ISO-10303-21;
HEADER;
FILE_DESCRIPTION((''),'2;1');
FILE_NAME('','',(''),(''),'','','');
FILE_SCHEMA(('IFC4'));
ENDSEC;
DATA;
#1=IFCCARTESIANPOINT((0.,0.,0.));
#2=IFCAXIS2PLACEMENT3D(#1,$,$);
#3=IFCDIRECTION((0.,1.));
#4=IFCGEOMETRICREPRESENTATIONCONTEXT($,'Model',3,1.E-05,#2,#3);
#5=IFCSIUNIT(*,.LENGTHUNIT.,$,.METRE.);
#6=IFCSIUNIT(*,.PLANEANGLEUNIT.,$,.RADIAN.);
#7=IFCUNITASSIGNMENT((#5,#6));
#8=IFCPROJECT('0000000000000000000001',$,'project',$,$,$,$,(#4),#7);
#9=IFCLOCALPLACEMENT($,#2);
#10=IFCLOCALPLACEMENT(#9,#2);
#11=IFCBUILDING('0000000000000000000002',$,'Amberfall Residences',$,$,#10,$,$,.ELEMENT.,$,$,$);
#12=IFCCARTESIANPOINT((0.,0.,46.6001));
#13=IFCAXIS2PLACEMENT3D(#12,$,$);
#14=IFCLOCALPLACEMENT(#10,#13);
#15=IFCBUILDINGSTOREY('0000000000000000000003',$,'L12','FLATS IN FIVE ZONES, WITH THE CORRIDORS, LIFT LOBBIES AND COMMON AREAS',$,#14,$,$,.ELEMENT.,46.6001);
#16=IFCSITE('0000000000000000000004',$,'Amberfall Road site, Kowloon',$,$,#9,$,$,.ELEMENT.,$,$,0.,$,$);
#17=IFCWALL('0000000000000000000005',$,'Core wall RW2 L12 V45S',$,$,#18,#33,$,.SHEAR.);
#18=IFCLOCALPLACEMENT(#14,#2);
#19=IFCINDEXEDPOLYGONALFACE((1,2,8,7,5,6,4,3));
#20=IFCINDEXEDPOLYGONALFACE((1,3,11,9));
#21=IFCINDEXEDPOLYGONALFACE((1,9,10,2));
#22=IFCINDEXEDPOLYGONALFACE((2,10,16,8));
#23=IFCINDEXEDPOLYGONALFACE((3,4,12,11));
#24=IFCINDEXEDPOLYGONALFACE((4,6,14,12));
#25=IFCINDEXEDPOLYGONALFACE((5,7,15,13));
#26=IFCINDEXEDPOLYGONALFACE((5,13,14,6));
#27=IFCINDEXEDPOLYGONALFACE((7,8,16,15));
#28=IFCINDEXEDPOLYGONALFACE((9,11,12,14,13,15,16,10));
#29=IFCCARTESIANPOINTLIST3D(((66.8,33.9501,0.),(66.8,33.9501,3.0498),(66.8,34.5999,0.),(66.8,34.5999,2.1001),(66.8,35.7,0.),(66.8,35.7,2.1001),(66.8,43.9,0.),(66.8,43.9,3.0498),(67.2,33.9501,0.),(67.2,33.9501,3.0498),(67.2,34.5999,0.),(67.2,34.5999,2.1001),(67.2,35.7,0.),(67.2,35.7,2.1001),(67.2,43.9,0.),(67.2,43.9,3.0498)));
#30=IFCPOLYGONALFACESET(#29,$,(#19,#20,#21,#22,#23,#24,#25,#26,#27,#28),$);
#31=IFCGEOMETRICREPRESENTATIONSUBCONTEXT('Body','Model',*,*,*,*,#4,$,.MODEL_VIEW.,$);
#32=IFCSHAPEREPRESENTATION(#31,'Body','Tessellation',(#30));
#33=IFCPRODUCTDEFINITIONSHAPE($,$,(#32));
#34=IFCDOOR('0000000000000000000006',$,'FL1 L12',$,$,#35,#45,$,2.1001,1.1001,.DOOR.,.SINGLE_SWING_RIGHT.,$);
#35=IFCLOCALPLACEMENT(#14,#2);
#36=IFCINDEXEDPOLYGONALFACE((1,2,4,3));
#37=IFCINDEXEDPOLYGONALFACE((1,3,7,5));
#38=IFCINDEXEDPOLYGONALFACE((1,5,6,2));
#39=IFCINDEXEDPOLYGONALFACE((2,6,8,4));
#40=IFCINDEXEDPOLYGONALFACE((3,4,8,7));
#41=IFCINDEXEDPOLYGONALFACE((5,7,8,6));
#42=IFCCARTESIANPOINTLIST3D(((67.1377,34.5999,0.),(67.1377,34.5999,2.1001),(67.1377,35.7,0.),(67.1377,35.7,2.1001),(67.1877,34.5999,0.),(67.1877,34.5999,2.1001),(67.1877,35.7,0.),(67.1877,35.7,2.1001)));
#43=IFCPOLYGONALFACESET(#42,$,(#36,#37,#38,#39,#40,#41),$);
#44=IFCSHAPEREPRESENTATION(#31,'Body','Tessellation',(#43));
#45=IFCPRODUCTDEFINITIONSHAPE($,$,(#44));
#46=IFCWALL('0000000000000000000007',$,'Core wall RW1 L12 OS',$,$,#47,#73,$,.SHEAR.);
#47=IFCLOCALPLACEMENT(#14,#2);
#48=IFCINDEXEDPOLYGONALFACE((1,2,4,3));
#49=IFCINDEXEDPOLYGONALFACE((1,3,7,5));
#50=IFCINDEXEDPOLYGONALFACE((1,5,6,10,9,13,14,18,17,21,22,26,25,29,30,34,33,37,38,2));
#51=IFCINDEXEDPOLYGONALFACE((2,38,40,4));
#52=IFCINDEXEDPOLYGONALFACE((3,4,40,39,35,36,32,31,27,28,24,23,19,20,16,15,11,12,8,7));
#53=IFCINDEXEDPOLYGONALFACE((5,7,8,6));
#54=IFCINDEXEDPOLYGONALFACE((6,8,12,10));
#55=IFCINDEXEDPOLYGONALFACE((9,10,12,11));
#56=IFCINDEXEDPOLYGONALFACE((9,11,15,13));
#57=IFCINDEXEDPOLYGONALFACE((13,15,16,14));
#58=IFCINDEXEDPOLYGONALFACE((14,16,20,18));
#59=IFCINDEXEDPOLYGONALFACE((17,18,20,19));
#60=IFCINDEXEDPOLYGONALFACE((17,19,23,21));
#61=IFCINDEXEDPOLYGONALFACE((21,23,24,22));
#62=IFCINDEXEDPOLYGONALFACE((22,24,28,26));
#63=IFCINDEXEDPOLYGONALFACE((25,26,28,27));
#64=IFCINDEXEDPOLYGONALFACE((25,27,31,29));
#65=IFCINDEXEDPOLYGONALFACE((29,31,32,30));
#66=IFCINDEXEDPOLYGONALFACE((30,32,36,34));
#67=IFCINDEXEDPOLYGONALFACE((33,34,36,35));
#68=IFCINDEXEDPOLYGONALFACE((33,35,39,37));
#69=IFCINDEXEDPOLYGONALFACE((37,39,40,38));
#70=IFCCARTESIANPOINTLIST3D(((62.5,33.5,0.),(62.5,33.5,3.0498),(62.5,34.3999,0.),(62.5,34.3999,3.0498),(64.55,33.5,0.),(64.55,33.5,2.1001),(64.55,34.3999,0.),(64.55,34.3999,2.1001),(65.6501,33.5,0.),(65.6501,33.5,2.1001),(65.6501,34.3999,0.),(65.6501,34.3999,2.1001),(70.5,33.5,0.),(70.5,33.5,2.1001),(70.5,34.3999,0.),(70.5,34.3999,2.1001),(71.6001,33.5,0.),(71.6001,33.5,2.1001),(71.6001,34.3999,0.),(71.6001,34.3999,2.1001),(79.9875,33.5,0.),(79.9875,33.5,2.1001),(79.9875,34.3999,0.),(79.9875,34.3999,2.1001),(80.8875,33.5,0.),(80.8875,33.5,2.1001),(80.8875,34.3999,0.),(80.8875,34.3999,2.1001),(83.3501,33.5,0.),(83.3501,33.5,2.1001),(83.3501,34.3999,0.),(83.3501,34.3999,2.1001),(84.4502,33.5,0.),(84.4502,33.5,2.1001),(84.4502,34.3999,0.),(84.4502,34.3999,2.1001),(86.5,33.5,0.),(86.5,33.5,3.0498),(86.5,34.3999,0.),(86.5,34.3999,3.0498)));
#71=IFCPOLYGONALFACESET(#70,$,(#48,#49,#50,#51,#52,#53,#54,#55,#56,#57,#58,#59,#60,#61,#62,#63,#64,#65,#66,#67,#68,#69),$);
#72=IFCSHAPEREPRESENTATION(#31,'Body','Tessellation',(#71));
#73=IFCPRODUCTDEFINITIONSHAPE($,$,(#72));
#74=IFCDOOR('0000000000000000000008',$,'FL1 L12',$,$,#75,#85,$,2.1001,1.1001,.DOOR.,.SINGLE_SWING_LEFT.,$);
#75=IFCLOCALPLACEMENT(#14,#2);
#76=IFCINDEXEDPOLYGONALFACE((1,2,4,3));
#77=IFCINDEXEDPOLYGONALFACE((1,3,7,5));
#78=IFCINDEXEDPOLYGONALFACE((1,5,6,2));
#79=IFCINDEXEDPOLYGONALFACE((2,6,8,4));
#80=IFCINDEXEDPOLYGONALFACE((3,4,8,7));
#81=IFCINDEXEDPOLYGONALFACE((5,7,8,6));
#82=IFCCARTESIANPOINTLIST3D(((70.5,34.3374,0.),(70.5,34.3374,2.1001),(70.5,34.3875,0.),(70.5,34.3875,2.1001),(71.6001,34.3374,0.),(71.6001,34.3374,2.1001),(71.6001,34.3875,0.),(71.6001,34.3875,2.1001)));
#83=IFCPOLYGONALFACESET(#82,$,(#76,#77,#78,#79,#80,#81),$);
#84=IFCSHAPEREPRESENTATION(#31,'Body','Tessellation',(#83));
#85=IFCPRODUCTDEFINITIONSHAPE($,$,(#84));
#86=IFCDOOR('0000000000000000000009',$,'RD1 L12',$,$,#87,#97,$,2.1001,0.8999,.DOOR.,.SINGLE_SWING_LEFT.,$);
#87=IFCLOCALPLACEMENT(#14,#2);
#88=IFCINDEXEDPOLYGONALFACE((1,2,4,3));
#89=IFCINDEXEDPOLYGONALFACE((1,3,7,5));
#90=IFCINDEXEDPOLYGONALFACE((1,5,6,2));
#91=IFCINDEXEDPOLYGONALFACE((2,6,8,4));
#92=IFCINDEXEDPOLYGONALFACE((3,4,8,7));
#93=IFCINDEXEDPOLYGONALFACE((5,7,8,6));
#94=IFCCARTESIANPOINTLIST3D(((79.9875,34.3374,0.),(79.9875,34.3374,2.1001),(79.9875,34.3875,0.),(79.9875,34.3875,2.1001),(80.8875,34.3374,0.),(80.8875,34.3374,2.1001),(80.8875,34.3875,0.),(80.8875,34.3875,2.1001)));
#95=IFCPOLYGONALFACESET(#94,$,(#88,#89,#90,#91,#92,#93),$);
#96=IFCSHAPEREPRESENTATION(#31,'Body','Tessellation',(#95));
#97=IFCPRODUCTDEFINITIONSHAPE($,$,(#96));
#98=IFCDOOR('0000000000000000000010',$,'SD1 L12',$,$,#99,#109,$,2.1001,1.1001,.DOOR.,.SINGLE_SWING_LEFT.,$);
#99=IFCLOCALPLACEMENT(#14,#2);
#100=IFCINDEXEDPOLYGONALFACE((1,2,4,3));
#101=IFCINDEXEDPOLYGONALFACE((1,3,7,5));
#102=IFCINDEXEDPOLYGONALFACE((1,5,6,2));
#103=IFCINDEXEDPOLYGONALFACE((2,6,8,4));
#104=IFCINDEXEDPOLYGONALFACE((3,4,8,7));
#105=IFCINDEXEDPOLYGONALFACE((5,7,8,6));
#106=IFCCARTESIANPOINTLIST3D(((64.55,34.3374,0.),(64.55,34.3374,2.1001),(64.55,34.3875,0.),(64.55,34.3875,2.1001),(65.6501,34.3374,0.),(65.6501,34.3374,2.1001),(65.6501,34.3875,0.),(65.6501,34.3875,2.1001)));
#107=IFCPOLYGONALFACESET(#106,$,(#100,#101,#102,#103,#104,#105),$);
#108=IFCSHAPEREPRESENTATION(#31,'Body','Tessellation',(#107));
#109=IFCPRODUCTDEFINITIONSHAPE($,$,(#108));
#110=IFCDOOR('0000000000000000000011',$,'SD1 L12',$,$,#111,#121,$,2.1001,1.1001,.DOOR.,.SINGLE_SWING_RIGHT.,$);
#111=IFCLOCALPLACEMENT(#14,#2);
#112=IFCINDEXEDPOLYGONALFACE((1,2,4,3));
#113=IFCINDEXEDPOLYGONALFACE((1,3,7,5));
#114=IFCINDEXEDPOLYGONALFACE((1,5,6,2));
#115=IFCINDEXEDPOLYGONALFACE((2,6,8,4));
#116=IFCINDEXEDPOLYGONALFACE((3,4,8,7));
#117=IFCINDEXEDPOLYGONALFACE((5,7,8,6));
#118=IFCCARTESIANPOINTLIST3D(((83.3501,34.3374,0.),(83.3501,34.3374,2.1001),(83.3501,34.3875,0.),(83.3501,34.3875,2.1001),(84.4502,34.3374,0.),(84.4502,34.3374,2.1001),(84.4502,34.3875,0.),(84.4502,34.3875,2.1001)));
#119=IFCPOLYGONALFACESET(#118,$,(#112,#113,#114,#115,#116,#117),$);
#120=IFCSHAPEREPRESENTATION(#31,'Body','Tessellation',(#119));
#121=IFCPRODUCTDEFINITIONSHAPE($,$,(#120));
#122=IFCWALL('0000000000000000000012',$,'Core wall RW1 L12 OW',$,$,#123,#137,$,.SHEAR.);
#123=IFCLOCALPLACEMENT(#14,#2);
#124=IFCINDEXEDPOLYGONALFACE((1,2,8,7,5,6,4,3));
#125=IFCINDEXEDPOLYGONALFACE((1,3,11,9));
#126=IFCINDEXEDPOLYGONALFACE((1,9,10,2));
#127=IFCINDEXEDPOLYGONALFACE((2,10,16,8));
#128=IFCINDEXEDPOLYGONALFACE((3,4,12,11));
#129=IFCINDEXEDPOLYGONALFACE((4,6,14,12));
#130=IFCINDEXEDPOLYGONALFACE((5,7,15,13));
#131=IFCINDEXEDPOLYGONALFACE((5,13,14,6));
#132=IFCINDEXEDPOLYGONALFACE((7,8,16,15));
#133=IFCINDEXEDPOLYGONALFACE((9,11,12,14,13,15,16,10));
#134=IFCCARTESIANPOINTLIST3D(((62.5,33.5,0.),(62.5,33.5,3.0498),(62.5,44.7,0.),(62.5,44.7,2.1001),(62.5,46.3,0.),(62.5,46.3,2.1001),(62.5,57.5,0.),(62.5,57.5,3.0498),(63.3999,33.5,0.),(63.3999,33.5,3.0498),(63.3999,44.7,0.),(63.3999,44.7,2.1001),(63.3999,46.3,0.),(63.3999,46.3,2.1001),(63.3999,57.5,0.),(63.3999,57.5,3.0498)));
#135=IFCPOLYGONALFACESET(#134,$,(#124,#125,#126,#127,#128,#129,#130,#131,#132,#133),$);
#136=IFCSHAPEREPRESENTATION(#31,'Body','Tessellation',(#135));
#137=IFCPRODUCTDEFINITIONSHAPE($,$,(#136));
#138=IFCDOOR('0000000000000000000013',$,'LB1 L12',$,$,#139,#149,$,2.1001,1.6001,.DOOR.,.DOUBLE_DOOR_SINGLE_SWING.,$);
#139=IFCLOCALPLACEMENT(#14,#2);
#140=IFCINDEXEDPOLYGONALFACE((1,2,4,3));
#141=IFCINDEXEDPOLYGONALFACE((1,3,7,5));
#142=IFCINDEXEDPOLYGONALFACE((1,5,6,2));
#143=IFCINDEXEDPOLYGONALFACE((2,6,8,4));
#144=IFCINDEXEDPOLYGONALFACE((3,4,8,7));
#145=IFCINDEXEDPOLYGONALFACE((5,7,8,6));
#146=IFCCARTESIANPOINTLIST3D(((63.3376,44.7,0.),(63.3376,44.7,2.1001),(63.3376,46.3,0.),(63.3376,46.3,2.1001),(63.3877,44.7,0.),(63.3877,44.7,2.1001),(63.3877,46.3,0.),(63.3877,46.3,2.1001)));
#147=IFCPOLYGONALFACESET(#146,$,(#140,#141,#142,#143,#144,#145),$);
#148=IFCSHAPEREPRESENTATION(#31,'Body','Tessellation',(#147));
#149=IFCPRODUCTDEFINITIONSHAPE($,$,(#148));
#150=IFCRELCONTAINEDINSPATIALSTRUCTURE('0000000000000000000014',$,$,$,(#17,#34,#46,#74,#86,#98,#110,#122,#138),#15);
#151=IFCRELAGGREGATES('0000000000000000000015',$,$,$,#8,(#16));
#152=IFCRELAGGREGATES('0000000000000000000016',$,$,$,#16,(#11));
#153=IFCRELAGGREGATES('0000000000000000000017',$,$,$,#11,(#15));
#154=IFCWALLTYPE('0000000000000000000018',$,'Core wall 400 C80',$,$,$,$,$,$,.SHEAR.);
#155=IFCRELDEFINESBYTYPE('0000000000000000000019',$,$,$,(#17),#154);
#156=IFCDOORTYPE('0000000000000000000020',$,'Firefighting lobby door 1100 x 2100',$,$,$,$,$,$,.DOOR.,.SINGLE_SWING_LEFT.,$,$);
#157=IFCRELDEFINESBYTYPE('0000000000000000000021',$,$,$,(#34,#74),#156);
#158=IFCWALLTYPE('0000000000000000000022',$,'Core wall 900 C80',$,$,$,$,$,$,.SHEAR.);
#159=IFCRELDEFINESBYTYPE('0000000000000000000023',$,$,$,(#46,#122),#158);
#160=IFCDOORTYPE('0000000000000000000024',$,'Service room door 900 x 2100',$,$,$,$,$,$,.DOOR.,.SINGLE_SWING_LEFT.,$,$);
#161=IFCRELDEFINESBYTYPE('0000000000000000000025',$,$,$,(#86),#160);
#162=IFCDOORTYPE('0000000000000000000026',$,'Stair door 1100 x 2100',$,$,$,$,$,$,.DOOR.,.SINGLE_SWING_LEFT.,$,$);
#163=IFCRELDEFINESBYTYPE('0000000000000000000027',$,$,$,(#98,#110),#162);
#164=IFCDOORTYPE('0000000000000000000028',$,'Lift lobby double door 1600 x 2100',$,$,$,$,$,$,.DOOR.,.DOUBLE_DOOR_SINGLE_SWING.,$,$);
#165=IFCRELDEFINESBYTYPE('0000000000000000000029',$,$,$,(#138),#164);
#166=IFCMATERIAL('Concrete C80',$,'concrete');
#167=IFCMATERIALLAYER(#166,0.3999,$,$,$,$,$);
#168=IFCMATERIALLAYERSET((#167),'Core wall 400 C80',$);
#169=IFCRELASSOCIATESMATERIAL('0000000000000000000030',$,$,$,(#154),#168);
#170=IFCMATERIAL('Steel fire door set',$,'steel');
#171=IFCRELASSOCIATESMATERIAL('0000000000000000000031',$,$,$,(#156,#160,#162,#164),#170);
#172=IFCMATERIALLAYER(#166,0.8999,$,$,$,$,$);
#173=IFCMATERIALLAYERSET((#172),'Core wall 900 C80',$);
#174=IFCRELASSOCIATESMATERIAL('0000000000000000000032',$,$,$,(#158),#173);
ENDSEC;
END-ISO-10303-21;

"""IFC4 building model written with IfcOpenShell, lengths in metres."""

from ifc_helpers import new_model, si_unit, direction, frame, frame_2d, origin, place, context, subcontext, project, spatial, rectangle, extrude, material, layer, layer_set, type_object, element, fill, save


model = new_model("IFC4")

# Units and contexts
model_context = context("Model", 3, precision=1e-05, world=origin(), true_north=direction((0.0, 1.0)))
body_context = subcontext(model_context, "Body", "Model", "MODEL_VIEW")
ifc_project = project(units=[si_unit("LENGTHUNIT", "METRE"), si_unit("PLANEANGLEUNIT", "RADIAN")], contexts=[model_context])

# Site, building, storey
site_placement = place(None, origin())
site = spatial("IfcSite", under=ifc_project, at=site_placement, Name="Amberfall Road site, Kowloon", CompositionType="ELEMENT", RefElevation=0.0)
building_placement = place(site_placement, origin())
building = spatial("IfcBuilding", under=site, at=building_placement, Name="Amberfall Residences", CompositionType="ELEMENT")
storey_placement = place(building_placement, frame((0.0, 0.0, 46.6001)))
storey = spatial("IfcBuildingStorey", under=building, at=storey_placement, Name="L12", Description="FLATS IN FIVE ZONES, WITH THE CORRIDORS, LIFT LOBBIES AND COMMON AREAS", CompositionType="ELEMENT", Elevation=46.6001)

# Wall, opening, door
ifc_material_1 = material(Name="Concrete C80", Category="concrete")
ifc_layer_1 = layer(ifc_material_1, 0.3999)
ifc_layer_set_1 = layer_set([ifc_layer_1], Name="Core wall 400 C80")
wall_type_1 = type_object("IfcWallType", Name="Core wall 400 C80", PredefinedType="SHEAR", material=ifc_layer_set_1)
wall_1_placement = place(storey_placement, frame((67.0, 33.95, 0.0), z_axis=(0.0, 0.0, 1.0), x_axis=(0.0, 1.0, 0.0)))
wall_1 = element("IfcWall", 1, at=wall_1_placement, inside=storey, type_object=wall_type_1, Name="Core wall RW2 L12 V45S", PredefinedType="SHEAR", context=body_context, shape_type="SweptSolid", body=[
    extrude(rectangle(XDim=9.95, YDim=0.3999, at=frame_2d((4.9751, 0.0))), origin(), (0.0, 0.0, 1.0), 3.0498),
])
opening_1_placement = place(wall_1_placement, frame((0.6499, 0.0, 0.0)))
opening_1 = element("IfcOpeningElement", 2, at=opening_1_placement, cuts=wall_1, PredefinedType="OPENING", context=body_context, shape_type="SweptSolid", body=[
    extrude(rectangle(XDim=1.1001, YDim=2.1001, at=frame_2d((0.55, 1.05))), frame((0.0, 0.21, 0.0), z_axis=(0.0, -1.0, 0.0), x_axis=(1.0, 0.0, 0.0)), (0.0, 0.0, 1.0), 0.4199),
])
ifc_material_2 = material(Name="Steel fire door set", Category="steel")
door_type_1 = type_object("IfcDoorType", Name="Firefighting lobby door 1100 x 2100", OperationType="SINGLE_SWING_LEFT", PredefinedType="DOOR", material=ifc_material_2)
door_1_placement = place(opening_1_placement, origin())
door_1 = element("IfcDoor", 3, at=door_1_placement, inside=storey, type_object=door_type_1, Name="FL1 L12", OperationType="SINGLE_SWING_RIGHT", OverallHeight=2.1001, OverallWidth=1.1001, PredefinedType="DOOR", context=body_context, shape_type="SweptSolid", body=[
    extrude(rectangle(XDim=1.1001, YDim=2.1001, at=frame_2d((0.55, 1.05))), frame((0.0, -0.1377, 0.0), z_axis=(0.0, -1.0, 0.0), x_axis=(1.0, 0.0, 0.0)), (0.0, 0.0, 1.0), 0.05),
])
fill(opening_1, door_1)

# Wall, openings, doors
ifc_layer_2 = layer(ifc_material_1, 0.8999)
ifc_layer_set_2 = layer_set([ifc_layer_2], Name="Core wall 900 C80")
wall_type_2 = type_object("IfcWallType", Name="Core wall 900 C80", PredefinedType="SHEAR", material=ifc_layer_set_2)
wall_2_placement = place(storey_placement, frame((62.5, 33.95, 0.0), z_axis=(0.0, 0.0, 1.0), x_axis=(1.0, 0.0, 0.0)))
wall_2 = element("IfcWall", 4, at=wall_2_placement, inside=storey, type_object=wall_type_2, Name="Core wall RW1 L12 OS", PredefinedType="SHEAR", context=body_context, shape_type="SweptSolid", body=[
    extrude(rectangle(XDim=24.0, YDim=0.8999, at=frame_2d((12.0, 0.0))), origin(), (0.0, 0.0, 1.0), 3.0498),
])
opening_2_placement = place(wall_2_placement, frame((2.05, 0.0, 0.0)))
opening_2 = element("IfcOpeningElement", 5, at=opening_2_placement, cuts=wall_2, PredefinedType="OPENING", context=body_context, shape_type="SweptSolid", body=[
    extrude(rectangle(XDim=1.1001, YDim=2.1001, at=frame_2d((0.55, 1.05))), frame((0.0, 0.46, 0.0), z_axis=(0.0, -1.0, 0.0), x_axis=(1.0, 0.0, 0.0)), (0.0, 0.0, 1.0), 0.9199),
])
opening_3_placement = place(wall_2_placement, frame((20.8501, 0.0, 0.0)))
opening_3 = element("IfcOpeningElement", 6, at=opening_3_placement, cuts=wall_2, PredefinedType="OPENING", context=body_context, shape_type="SweptSolid", body=[
    extrude(rectangle(XDim=1.1001, YDim=2.1001, at=frame_2d((0.55, 1.05))), frame((0.0, 0.46, 0.0), z_axis=(0.0, -1.0, 0.0), x_axis=(1.0, 0.0, 0.0)), (0.0, 0.0, 1.0), 0.9199),
])
opening_4_placement = place(wall_2_placement, frame((8.0, 0.0, 0.0)))
opening_4 = element("IfcOpeningElement", 7, at=opening_4_placement, cuts=wall_2, PredefinedType="OPENING", context=body_context, shape_type="SweptSolid", body=[
    extrude(rectangle(XDim=1.1001, YDim=2.1001, at=frame_2d((0.55, 1.05))), frame((0.0, 0.46, 0.0), z_axis=(0.0, -1.0, 0.0), x_axis=(1.0, 0.0, 0.0)), (0.0, 0.0, 1.0), 0.9199),
])
opening_5_placement = place(wall_2_placement, frame((17.4875, 0.0, 0.0)))
opening_5 = element("IfcOpeningElement", 8, at=opening_5_placement, cuts=wall_2, PredefinedType="OPENING", context=body_context, shape_type="SweptSolid", body=[
    extrude(rectangle(XDim=0.8999, YDim=2.1001, at=frame_2d((0.45, 1.05))), frame((0.0, 0.46, 0.0), z_axis=(0.0, -1.0, 0.0), x_axis=(1.0, 0.0, 0.0)), (0.0, 0.0, 1.0), 0.9199),
])
door_2_placement = place(opening_4_placement, origin())
door_2 = element("IfcDoor", 9, at=door_2_placement, inside=storey, type_object=door_type_1, Name="FL1 L12", OperationType="SINGLE_SWING_LEFT", OverallHeight=2.1001, OverallWidth=1.1001, PredefinedType="DOOR", context=body_context, shape_type="SweptSolid", body=[
    extrude(rectangle(XDim=1.1001, YDim=2.1001, at=frame_2d((0.55, 1.05))), frame((0.0, 0.4375, 0.0), z_axis=(0.0, -1.0, 0.0), x_axis=(1.0, 0.0, 0.0)), (0.0, 0.0, 1.0), 0.05),
])
fill(opening_4, door_2)
door_type_2 = type_object("IfcDoorType", Name="Service room door 900 x 2100", OperationType="SINGLE_SWING_LEFT", PredefinedType="DOOR", material=ifc_material_2)
door_3_placement = place(opening_5_placement, origin())
door_3 = element("IfcDoor", 10, at=door_3_placement, inside=storey, type_object=door_type_2, Name="RD1 L12", OperationType="SINGLE_SWING_LEFT", OverallHeight=2.1001, OverallWidth=0.8999, PredefinedType="DOOR", context=body_context, shape_type="SweptSolid", body=[
    extrude(rectangle(XDim=0.8999, YDim=2.1001, at=frame_2d((0.45, 1.05))), frame((0.0, 0.4375, 0.0), z_axis=(0.0, -1.0, 0.0), x_axis=(1.0, 0.0, 0.0)), (0.0, 0.0, 1.0), 0.05),
])
fill(opening_5, door_3)
door_type_3 = type_object("IfcDoorType", Name="Stair door 1100 x 2100", OperationType="SINGLE_SWING_LEFT", PredefinedType="DOOR", material=ifc_material_2)
door_4_placement = place(opening_2_placement, origin())
door_4 = element("IfcDoor", 11, at=door_4_placement, inside=storey, type_object=door_type_3, Name="SD1 L12", OperationType="SINGLE_SWING_LEFT", OverallHeight=2.1001, OverallWidth=1.1001, PredefinedType="DOOR", context=body_context, shape_type="SweptSolid", body=[
    extrude(rectangle(XDim=1.1001, YDim=2.1001, at=frame_2d((0.55, 1.05))), frame((0.0, 0.4375, 0.0), z_axis=(0.0, -1.0, 0.0), x_axis=(1.0, 0.0, 0.0)), (0.0, 0.0, 1.0), 0.05),
])
fill(opening_2, door_4)
door_5_placement = place(opening_3_placement, origin())
door_5 = element("IfcDoor", 12, at=door_5_placement, inside=storey, type_object=door_type_3, Name="SD1 L12", OperationType="SINGLE_SWING_RIGHT", OverallHeight=2.1001, OverallWidth=1.1001, PredefinedType="DOOR", context=body_context, shape_type="SweptSolid", body=[
    extrude(rectangle(XDim=1.1001, YDim=2.1001, at=frame_2d((0.55, 1.05))), frame((0.0, 0.4375, 0.0), z_axis=(0.0, -1.0, 0.0), x_axis=(1.0, 0.0, 0.0)), (0.0, 0.0, 1.0), 0.05),
])
fill(opening_3, door_5)

# Wall, opening, door
wall_3_placement = place(storey_placement, frame((62.95, 33.5, 0.0), z_axis=(0.0, 0.0, 1.0), x_axis=(0.0, 1.0, 0.0)))
wall_3 = element("IfcWall", 13, at=wall_3_placement, inside=storey, type_object=wall_type_2, Name="Core wall RW1 L12 OW", PredefinedType="SHEAR", context=body_context, shape_type="SweptSolid", body=[
    extrude(rectangle(XDim=24.0, YDim=0.8999, at=frame_2d((12.0, 0.0))), origin(), (0.0, 0.0, 1.0), 3.0498),
])
opening_6_placement = place(wall_3_placement, frame((11.2, 0.0, 0.0)))
opening_6 = element("IfcOpeningElement", 14, at=opening_6_placement, cuts=wall_3, PredefinedType="OPENING", context=body_context, shape_type="SweptSolid", body=[
    extrude(rectangle(XDim=1.6001, YDim=2.1001, at=frame_2d((0.8, 1.05))), frame((0.0, 0.46, 0.0), z_axis=(0.0, -1.0, 0.0), x_axis=(1.0, 0.0, 0.0)), (0.0, 0.0, 1.0), 0.9199),
])
door_type_4 = type_object("IfcDoorType", Name="Lift lobby double door 1600 x 2100", OperationType="DOUBLE_DOOR_SINGLE_SWING", PredefinedType="DOOR", material=ifc_material_2)
door_6_placement = place(opening_6_placement, origin())
door_6 = element("IfcDoor", 15, at=door_6_placement, inside=storey, type_object=door_type_4, Name="LB1 L12", OperationType="DOUBLE_DOOR_SINGLE_SWING", OverallHeight=2.1001, OverallWidth=1.6001, PredefinedType="DOOR", context=body_context, shape_type="SweptSolid", body=[
    extrude(rectangle(XDim=1.6001, YDim=2.1001, at=frame_2d((0.8, 1.05))), frame((0.0, -0.3877, 0.0), z_axis=(0.0, -1.0, 0.0), x_axis=(1.0, 0.0, 0.0)), (0.0, 0.0, 1.0), 0.05),
])
fill(opening_6, door_6)

save(model, "model.ifc")
